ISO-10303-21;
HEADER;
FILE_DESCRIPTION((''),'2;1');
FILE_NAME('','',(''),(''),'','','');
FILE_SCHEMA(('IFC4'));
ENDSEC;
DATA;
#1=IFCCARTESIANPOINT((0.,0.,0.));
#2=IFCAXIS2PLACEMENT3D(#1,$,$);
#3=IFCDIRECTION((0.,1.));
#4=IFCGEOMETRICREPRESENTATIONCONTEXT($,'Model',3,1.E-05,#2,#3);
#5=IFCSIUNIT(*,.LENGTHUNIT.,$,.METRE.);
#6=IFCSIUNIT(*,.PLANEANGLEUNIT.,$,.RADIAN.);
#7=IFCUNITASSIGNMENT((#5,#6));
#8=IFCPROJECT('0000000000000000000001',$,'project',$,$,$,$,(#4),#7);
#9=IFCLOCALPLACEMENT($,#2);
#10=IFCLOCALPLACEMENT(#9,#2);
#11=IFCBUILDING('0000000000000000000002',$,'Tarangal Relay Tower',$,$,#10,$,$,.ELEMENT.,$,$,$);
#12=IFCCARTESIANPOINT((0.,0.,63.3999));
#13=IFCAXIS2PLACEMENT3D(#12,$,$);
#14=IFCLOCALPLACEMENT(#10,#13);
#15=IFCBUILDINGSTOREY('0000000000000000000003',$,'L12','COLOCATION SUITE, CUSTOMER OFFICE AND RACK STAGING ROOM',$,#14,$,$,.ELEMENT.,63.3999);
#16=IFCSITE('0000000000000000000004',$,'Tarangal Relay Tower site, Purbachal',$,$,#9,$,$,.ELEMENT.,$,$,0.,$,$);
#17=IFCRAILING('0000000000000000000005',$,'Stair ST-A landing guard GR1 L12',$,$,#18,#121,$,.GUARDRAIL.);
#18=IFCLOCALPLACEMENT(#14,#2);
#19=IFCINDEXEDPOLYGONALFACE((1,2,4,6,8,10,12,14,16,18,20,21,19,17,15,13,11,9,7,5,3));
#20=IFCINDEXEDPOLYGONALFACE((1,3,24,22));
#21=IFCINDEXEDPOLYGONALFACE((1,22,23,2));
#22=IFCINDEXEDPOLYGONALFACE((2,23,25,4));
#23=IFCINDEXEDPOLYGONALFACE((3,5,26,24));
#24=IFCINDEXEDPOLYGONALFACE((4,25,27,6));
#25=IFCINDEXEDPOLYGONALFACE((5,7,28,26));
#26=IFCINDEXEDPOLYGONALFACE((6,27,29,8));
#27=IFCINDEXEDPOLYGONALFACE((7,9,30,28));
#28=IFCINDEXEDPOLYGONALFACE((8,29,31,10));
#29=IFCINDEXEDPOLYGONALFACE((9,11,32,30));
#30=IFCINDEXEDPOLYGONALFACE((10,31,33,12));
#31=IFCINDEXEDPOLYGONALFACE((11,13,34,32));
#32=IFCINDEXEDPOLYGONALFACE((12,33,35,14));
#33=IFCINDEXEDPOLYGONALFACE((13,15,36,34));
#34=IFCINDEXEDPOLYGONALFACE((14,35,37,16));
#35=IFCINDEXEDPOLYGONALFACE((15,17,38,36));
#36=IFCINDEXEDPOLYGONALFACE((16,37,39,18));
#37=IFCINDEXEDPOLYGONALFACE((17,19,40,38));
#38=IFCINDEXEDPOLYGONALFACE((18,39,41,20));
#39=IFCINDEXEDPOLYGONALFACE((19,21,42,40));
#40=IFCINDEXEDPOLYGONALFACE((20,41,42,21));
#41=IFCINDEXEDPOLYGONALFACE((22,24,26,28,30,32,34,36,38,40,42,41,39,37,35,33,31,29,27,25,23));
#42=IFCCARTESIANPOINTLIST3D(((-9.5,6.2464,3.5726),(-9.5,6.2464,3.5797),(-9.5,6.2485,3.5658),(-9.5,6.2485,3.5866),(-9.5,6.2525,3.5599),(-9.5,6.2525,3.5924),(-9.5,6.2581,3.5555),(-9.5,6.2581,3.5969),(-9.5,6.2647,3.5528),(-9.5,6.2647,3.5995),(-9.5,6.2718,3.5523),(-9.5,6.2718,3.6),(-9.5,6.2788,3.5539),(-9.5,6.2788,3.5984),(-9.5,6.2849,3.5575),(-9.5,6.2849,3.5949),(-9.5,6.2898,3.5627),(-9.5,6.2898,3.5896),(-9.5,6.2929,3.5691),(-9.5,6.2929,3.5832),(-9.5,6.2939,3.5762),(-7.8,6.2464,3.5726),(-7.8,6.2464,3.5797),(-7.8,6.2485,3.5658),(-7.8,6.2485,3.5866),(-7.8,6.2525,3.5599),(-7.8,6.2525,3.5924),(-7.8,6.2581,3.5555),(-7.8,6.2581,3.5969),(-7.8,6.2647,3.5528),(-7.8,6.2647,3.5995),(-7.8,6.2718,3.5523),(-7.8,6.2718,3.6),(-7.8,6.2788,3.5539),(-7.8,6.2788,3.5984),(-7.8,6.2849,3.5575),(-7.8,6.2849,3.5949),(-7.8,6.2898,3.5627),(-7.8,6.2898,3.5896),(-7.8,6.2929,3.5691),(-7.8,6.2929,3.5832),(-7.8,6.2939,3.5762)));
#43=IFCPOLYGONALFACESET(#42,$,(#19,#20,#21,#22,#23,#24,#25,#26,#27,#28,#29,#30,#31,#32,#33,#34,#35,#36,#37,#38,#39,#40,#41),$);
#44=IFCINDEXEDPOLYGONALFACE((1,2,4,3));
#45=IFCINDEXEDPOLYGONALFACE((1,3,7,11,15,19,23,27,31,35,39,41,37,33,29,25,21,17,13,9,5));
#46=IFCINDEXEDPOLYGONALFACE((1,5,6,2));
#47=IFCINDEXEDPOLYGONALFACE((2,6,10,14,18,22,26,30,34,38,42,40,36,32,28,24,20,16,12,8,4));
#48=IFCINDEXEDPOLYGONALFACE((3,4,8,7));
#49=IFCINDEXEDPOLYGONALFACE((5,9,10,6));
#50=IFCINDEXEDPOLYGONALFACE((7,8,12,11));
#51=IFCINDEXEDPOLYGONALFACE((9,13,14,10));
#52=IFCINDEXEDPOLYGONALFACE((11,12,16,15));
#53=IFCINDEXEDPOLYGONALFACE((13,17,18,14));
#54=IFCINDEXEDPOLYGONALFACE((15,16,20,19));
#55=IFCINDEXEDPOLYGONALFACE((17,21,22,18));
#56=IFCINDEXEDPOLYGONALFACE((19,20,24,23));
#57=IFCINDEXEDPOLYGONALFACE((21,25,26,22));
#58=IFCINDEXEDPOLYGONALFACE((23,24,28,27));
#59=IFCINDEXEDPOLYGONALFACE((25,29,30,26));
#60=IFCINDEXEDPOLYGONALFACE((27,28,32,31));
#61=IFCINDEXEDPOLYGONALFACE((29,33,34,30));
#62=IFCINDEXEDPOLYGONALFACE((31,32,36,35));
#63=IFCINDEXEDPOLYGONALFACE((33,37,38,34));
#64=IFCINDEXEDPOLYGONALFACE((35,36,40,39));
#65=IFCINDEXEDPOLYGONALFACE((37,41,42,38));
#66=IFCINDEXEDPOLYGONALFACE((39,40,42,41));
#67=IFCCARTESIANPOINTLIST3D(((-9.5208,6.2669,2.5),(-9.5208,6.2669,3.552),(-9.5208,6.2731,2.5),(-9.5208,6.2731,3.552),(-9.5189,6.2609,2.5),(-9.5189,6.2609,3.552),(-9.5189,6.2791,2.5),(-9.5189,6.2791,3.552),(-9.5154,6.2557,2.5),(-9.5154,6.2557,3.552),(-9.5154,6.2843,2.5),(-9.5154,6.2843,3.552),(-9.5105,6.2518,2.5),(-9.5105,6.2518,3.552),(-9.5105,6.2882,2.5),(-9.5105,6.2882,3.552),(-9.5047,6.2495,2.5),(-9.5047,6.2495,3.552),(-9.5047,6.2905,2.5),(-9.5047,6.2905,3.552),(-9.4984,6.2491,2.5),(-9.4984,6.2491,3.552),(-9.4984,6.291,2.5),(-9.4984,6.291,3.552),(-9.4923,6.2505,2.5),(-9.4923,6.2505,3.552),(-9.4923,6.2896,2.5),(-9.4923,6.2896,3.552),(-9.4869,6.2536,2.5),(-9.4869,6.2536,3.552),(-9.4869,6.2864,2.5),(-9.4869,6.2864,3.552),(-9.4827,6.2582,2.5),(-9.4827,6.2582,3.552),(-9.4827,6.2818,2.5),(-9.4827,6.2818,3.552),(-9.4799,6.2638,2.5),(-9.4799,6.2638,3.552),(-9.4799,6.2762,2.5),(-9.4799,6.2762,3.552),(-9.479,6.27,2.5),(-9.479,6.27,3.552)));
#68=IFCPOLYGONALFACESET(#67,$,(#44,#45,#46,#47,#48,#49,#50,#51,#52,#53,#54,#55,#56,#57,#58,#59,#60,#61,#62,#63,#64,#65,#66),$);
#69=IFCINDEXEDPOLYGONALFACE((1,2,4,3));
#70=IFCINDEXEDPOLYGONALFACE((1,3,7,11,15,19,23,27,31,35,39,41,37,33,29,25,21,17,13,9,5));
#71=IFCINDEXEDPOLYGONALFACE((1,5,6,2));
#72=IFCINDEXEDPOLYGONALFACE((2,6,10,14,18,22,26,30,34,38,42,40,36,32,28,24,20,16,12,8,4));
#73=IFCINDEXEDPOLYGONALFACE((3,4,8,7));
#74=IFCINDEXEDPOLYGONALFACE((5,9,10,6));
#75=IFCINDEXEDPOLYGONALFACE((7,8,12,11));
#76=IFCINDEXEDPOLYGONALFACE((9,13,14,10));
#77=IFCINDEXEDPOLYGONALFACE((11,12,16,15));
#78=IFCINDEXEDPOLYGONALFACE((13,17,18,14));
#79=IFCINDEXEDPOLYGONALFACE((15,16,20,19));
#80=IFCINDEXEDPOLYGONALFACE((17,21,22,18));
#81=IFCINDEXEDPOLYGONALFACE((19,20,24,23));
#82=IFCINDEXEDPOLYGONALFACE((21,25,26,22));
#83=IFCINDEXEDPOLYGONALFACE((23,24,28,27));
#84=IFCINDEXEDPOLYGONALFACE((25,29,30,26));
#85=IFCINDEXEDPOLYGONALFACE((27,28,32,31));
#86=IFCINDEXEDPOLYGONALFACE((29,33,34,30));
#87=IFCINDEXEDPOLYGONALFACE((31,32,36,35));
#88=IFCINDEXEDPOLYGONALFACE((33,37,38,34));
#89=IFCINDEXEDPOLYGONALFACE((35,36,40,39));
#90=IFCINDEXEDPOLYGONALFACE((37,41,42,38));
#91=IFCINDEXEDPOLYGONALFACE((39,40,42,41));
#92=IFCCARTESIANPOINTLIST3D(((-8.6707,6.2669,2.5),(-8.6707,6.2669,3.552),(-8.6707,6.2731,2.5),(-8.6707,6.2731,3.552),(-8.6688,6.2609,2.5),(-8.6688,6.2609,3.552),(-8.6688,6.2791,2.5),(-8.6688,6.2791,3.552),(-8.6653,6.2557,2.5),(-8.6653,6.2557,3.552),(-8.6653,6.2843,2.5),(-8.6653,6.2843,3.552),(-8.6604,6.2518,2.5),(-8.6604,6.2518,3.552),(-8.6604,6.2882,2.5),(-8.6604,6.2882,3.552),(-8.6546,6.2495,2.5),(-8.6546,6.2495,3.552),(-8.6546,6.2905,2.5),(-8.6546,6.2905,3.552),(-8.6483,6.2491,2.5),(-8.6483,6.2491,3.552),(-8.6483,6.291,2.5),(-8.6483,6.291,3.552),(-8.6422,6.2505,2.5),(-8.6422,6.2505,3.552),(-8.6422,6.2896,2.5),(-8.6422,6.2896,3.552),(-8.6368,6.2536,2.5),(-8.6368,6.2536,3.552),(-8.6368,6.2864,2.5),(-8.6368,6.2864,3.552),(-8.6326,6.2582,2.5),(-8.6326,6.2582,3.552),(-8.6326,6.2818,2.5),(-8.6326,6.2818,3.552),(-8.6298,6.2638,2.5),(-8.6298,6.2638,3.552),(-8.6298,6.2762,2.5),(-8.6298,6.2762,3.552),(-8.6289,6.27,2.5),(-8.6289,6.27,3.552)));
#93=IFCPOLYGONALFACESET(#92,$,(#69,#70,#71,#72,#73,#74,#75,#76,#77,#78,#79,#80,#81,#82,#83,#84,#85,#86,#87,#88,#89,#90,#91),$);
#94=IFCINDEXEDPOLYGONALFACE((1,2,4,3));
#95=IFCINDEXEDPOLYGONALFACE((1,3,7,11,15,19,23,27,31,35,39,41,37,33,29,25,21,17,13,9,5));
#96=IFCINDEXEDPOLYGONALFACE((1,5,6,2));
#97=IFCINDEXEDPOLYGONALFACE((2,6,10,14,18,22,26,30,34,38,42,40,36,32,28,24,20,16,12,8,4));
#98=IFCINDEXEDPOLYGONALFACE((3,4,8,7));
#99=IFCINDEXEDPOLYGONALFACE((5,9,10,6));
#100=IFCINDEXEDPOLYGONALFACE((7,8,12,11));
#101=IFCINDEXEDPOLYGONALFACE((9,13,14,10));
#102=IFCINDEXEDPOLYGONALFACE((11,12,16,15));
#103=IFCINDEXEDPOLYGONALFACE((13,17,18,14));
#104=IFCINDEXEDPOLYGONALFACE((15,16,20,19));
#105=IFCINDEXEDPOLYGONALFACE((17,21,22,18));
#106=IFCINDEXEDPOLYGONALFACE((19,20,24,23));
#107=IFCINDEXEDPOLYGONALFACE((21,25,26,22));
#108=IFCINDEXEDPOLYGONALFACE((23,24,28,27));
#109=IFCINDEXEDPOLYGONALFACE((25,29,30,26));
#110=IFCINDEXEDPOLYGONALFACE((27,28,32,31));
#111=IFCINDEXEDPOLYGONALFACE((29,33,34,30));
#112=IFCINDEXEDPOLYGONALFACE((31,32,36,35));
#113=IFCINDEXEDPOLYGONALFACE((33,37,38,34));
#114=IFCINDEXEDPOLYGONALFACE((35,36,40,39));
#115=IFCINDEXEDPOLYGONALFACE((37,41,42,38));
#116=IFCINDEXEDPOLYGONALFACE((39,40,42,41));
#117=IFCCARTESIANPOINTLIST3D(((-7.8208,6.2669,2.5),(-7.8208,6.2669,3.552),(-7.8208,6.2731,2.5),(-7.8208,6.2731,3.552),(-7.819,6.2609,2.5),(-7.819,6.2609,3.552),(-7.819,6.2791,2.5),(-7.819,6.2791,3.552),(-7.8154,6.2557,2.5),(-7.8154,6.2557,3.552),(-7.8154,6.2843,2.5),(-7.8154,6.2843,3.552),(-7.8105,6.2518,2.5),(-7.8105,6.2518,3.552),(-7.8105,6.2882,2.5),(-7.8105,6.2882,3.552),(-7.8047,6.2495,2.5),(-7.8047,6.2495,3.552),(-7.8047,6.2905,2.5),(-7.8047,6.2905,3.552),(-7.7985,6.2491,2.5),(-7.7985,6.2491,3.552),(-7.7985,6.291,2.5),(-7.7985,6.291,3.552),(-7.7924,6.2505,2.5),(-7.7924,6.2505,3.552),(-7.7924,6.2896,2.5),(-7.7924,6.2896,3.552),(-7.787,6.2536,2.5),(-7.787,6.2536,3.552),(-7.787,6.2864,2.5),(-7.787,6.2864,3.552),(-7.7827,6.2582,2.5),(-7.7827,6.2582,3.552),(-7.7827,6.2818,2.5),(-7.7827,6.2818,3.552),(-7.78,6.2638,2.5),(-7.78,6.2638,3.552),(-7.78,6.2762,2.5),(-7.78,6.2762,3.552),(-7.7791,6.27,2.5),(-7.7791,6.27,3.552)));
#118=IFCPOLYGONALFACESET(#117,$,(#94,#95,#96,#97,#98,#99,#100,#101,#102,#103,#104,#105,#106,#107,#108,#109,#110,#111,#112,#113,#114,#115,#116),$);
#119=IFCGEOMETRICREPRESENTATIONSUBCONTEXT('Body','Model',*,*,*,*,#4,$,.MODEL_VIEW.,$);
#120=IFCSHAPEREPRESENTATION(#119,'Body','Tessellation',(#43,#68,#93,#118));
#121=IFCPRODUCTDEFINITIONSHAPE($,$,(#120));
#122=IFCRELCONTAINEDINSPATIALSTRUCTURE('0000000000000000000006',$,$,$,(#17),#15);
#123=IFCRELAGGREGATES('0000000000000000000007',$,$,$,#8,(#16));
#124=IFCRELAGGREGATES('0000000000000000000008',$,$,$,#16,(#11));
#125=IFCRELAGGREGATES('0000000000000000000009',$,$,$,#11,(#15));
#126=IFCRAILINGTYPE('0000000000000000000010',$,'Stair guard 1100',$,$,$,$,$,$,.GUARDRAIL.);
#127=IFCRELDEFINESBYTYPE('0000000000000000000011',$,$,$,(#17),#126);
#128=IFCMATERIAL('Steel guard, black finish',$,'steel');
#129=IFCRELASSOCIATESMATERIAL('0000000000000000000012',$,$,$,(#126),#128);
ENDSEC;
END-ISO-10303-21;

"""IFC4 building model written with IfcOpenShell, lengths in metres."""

from ifc_helpers import new_model, si_unit, direction, frame, origin, origin_2d, place, context, subcontext, project, spatial, circle, extrude, material, type_object, element, save


model = new_model("IFC4")

# Units and contexts
model_context = context("Model", 3, precision=1e-05, world=origin(), true_north=direction((0.0, 1.0)))
body_context = subcontext(model_context, "Body", "Model", "MODEL_VIEW")
ifc_project = project(units=[si_unit("LENGTHUNIT", "METRE"), si_unit("PLANEANGLEUNIT", "RADIAN")], contexts=[model_context])

# Site, building, storey
site_placement = place(None, origin())
site = spatial("IfcSite", under=ifc_project, at=site_placement, Name="Tarangal Relay Tower site, Purbachal", CompositionType="ELEMENT", RefElevation=0.0)
building_placement = place(site_placement, origin())
building = spatial("IfcBuilding", under=site, at=building_placement, Name="Tarangal Relay Tower", CompositionType="ELEMENT")
storey_placement = place(building_placement, frame((0.0, 0.0, 63.3999)))
storey = spatial("IfcBuildingStorey", under=building, at=storey_placement, Name="L12", Description="COLOCATION SUITE, CUSTOMER OFFICE AND RACK STAGING ROOM", CompositionType="ELEMENT", Elevation=63.3999)

# Railing
ifc_material_1 = material(Name="Steel guard, black finish", Category="steel")
railing_type = type_object("IfcRailingType", Name="Stair guard 1100", PredefinedType="GUARDRAIL", material=ifc_material_1)
for number, where, name in (
    (1, (-9.5, 6.27, 2.5), "Stair ST-A landing guard GR1 L12"),
):
    element("IfcRailing", number, at=place(storey_placement, frame(where)), inside=storey, type_object=railing_type, Name=name, PredefinedType="GUARDRAIL", context=body_context, shape_type="SweptSolid", body=[
        extrude(circle(Radius=0.0239, at=origin_2d()), frame((0.0, 0.0, 1.0762), z_axis=(1.0, 0.0, 0.0), x_axis=(0.0, 1.0, 0.0)), (0.0, 0.0, 1.0), 1.7),
        extrude(circle(Radius=0.021, at=origin_2d()), origin(), (0.0, 0.0, 1.0), 1.052),
        extrude(circle(Radius=0.021, at=origin_2d()), frame((0.8501, 0.0, 0.0)), (0.0, 0.0, 1.0), 1.052),
        extrude(circle(Radius=0.021, at=origin_2d()), frame((1.7, 0.0, 0.0)), (0.0, 0.0, 1.0), 1.052),
    ])

save(model, "model.ifc")
